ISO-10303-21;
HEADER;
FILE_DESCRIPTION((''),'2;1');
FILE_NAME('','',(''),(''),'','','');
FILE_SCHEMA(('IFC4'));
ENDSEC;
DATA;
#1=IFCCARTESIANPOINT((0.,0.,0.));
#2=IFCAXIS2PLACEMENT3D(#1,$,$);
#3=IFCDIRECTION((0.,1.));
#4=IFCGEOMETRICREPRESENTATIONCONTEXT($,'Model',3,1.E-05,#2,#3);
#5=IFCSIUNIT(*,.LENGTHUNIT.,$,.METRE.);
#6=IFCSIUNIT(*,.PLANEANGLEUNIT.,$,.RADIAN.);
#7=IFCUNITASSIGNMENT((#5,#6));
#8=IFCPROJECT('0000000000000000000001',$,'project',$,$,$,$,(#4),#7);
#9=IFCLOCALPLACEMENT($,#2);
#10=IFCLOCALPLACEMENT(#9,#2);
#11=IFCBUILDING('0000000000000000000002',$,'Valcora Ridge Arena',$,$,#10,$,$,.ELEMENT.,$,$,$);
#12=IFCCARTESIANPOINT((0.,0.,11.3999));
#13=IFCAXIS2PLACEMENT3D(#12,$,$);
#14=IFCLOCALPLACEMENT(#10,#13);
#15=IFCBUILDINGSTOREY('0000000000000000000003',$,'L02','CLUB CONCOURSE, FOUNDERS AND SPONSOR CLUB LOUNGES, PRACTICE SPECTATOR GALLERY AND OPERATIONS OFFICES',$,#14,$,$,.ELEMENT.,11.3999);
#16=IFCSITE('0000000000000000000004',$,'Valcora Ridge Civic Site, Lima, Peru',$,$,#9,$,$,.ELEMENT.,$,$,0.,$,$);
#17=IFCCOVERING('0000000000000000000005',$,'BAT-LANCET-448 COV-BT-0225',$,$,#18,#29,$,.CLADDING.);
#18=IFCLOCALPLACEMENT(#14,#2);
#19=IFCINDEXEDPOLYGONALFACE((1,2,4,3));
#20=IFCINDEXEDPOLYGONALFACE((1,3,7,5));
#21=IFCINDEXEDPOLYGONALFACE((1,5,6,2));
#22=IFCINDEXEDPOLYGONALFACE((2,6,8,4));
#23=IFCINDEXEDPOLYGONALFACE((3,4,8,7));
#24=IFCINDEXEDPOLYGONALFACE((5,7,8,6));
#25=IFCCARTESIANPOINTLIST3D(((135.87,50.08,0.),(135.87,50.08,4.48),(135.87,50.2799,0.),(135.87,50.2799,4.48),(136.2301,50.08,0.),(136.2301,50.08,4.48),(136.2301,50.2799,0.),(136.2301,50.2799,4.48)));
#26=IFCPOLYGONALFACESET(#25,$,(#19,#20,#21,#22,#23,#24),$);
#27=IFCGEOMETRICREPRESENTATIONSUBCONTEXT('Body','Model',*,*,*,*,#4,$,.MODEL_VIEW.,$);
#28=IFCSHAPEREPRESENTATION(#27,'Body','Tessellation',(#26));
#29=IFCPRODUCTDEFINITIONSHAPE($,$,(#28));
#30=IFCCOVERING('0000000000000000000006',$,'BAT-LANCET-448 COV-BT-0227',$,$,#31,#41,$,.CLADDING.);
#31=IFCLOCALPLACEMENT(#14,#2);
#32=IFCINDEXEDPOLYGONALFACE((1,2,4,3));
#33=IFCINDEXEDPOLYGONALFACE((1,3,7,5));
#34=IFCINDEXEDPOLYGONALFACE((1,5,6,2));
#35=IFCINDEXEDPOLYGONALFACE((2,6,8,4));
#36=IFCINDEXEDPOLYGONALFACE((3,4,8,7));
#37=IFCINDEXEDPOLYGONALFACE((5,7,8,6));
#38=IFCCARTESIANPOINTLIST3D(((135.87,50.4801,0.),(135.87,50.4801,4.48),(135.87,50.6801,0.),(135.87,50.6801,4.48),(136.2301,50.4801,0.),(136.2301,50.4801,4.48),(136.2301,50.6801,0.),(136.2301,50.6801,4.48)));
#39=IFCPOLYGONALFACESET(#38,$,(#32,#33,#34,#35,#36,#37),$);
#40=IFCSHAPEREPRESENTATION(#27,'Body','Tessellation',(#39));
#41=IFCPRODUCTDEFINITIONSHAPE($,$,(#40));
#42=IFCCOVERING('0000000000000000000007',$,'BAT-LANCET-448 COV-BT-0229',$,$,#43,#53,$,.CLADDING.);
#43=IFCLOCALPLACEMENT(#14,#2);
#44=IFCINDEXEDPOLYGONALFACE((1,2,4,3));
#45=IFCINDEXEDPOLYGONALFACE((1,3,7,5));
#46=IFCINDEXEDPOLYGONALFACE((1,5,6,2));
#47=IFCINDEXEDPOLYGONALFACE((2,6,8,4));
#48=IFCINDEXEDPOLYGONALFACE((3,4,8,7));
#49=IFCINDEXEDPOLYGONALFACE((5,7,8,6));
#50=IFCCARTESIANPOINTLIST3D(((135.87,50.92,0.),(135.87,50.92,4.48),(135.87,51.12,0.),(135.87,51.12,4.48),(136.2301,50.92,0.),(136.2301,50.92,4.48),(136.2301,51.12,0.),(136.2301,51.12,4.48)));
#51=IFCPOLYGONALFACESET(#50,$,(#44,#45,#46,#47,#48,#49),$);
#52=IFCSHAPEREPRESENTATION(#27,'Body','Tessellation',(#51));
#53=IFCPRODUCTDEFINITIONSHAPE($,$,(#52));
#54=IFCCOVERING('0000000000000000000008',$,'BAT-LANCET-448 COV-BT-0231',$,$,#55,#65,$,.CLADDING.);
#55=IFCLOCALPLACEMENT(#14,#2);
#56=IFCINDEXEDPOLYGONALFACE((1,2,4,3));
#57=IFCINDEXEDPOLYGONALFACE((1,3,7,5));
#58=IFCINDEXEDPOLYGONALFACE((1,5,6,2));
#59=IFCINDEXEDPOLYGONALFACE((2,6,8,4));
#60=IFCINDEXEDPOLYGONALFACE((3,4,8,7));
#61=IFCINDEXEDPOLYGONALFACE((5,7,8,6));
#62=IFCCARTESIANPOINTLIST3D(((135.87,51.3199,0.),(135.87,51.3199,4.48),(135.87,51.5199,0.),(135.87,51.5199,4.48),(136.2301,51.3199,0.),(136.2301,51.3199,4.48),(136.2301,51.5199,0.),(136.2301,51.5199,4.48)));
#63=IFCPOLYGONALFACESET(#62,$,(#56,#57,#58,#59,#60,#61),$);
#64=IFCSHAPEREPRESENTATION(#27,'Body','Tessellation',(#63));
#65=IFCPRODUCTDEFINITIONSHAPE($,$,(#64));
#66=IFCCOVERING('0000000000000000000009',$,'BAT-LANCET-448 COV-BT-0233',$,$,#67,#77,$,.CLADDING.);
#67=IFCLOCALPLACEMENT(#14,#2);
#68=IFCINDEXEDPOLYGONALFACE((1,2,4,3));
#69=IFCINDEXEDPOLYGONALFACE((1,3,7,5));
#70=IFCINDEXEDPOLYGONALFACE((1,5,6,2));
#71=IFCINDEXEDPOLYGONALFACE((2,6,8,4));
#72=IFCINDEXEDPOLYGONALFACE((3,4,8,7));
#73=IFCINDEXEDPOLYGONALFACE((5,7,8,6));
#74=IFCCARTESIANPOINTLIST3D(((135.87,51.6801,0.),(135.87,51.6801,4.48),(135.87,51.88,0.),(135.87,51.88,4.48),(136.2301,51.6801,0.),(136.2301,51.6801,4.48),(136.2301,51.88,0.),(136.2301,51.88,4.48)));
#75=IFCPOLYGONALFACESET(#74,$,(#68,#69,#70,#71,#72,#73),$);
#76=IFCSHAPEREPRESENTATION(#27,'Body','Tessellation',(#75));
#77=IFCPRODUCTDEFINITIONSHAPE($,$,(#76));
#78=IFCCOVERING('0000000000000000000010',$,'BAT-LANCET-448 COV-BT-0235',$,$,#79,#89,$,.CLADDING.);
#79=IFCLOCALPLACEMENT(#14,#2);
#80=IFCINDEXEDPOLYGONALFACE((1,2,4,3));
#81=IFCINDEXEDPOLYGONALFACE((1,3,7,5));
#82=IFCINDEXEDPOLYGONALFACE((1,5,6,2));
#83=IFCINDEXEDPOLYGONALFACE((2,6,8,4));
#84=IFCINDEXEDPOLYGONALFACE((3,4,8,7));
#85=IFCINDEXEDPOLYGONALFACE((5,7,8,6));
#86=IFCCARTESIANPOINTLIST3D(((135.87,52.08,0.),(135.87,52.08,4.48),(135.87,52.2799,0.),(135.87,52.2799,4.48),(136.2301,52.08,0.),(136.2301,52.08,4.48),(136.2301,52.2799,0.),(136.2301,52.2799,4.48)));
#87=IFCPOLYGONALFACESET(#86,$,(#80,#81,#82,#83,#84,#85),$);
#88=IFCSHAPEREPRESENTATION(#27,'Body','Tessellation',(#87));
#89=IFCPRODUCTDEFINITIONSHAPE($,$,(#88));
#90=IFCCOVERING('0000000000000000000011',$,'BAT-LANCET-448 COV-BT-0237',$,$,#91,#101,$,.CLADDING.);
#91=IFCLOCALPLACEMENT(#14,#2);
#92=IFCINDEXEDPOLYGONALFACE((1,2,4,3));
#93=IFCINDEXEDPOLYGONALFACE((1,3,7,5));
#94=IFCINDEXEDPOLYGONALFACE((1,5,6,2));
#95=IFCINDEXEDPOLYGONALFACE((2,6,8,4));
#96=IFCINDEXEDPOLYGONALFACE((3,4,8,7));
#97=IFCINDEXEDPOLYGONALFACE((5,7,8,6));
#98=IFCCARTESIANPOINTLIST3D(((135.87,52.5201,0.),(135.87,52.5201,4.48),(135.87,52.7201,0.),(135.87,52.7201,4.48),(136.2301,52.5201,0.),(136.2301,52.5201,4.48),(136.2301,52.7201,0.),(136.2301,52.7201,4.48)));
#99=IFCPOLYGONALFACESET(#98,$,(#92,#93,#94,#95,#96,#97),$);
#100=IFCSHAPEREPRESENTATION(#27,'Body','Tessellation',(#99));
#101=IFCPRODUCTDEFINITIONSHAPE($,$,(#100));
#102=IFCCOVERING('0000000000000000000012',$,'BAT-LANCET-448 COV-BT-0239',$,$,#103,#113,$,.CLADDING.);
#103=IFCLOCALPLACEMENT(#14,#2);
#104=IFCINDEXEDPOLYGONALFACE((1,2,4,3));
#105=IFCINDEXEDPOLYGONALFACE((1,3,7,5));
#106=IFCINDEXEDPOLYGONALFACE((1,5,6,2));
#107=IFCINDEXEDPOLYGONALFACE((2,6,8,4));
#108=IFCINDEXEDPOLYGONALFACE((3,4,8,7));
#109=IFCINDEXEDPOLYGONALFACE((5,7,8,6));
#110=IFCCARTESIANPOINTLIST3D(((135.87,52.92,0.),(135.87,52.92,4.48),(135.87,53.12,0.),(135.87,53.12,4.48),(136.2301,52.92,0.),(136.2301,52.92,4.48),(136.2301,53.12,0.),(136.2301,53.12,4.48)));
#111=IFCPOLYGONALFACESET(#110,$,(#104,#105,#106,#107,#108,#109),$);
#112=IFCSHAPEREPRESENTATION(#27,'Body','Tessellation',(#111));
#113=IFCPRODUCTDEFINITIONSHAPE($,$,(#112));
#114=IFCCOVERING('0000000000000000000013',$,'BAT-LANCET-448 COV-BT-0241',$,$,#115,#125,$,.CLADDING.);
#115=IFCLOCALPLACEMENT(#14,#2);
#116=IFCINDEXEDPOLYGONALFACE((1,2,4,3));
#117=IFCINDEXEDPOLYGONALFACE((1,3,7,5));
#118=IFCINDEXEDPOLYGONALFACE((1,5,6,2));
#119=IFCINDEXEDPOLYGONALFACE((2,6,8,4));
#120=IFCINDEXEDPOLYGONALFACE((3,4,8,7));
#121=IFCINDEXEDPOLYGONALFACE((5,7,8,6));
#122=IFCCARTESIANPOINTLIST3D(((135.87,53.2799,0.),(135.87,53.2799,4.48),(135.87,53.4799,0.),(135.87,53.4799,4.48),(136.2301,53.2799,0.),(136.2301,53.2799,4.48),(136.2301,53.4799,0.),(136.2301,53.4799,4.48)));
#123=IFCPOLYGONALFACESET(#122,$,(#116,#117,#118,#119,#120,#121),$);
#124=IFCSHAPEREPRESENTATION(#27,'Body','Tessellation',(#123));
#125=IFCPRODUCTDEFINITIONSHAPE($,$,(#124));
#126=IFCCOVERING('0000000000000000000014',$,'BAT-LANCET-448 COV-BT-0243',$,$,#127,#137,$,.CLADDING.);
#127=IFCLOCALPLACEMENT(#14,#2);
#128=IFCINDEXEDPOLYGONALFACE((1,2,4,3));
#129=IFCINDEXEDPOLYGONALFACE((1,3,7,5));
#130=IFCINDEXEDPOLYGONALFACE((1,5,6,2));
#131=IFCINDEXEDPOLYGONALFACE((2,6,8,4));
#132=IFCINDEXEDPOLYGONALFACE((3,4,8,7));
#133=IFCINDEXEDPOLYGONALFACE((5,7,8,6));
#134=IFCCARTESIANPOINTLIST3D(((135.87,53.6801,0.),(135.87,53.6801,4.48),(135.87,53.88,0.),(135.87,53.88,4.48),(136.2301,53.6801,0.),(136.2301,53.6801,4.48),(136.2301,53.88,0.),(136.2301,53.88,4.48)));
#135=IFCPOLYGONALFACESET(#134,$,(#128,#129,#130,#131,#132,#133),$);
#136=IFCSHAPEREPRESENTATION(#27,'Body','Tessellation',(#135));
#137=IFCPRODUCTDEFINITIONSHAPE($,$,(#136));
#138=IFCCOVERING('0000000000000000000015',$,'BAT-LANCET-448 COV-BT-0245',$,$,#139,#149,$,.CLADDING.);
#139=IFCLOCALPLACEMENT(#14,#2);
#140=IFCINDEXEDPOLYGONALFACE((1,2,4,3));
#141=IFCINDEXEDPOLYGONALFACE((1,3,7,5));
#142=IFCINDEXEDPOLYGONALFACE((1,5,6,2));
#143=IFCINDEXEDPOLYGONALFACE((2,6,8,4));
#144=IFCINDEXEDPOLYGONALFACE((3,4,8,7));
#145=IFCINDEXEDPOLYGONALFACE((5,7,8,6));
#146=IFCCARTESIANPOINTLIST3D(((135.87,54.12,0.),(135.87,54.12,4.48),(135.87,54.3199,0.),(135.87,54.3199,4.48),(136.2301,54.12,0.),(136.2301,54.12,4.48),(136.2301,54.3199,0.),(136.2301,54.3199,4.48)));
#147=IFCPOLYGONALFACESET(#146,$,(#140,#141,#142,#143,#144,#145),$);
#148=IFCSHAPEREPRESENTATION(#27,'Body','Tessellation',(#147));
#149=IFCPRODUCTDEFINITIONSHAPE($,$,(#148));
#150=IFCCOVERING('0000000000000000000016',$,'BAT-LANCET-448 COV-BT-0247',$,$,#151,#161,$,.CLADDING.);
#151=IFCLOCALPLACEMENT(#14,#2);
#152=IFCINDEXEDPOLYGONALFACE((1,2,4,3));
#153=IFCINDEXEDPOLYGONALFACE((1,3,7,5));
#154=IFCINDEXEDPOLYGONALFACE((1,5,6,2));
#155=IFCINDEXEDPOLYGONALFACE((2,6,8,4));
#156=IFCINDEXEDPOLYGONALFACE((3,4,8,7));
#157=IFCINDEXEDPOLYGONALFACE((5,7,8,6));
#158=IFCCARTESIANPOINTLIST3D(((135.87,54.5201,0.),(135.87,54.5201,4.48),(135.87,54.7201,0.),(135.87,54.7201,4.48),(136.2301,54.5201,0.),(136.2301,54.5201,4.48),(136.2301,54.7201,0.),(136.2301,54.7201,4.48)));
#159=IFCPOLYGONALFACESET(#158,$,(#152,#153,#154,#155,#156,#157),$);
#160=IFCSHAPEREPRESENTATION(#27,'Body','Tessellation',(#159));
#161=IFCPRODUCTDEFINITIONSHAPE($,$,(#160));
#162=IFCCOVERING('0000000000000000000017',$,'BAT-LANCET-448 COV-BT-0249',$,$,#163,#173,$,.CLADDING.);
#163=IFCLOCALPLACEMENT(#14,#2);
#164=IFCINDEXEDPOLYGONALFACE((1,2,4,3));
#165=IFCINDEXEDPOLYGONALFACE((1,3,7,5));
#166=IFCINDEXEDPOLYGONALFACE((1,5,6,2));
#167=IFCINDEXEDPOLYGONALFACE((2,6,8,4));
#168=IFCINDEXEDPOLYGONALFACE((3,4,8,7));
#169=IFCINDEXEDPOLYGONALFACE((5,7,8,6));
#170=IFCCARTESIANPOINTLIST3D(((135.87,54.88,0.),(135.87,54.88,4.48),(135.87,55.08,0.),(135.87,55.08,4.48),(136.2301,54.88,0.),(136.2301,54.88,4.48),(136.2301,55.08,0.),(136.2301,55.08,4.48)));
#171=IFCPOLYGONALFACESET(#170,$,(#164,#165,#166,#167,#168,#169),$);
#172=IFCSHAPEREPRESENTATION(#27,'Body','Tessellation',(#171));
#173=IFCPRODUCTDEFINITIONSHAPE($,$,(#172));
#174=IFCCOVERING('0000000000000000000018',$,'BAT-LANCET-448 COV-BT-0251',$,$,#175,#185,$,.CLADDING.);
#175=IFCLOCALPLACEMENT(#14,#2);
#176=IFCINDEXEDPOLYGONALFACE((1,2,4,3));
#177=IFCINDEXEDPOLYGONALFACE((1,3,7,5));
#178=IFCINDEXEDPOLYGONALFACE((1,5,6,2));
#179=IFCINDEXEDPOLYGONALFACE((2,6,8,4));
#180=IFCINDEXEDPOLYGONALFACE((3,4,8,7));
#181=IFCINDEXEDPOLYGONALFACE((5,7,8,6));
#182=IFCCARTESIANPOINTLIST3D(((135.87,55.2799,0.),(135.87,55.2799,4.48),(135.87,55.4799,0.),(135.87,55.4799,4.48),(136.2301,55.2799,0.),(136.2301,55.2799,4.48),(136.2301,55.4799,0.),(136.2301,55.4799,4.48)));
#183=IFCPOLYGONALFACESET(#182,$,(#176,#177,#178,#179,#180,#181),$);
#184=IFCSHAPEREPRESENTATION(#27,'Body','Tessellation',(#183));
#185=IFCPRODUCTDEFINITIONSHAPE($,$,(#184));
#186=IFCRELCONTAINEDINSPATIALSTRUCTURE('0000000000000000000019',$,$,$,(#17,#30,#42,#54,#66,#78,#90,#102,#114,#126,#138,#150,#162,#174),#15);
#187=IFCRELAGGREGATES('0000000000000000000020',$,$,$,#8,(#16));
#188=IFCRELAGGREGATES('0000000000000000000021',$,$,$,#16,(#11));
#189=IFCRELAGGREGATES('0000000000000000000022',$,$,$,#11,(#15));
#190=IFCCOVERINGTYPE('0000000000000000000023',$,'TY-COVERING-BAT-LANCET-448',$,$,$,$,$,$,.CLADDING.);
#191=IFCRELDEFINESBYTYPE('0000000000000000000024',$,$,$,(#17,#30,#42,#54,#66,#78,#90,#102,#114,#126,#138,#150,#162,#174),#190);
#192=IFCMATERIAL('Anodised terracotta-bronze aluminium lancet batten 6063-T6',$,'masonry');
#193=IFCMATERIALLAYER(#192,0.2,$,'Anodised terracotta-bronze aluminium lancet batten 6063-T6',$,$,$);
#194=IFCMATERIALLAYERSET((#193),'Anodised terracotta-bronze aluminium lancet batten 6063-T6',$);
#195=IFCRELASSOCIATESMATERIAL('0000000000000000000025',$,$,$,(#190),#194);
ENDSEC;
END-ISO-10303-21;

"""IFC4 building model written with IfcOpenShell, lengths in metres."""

from ifc_helpers import new_model, si_unit, direction, frame, origin, origin_2d, place, context, subcontext, project, spatial, rectangle, extrude, material, layer, layer_set, type_object, element, save


model = new_model("IFC4")

# Units and contexts
model_context = context("Model", 3, precision=1e-05, world=origin(), true_north=direction((0.0, 1.0)))
body_context = subcontext(model_context, "Body", "Model", "MODEL_VIEW")
ifc_project = project(units=[si_unit("LENGTHUNIT", "METRE"), si_unit("PLANEANGLEUNIT", "RADIAN")], contexts=[model_context])

# Site, building, storey
site_placement = place(None, origin())
site = spatial("IfcSite", under=ifc_project, at=site_placement, Name="Valcora Ridge Civic Site, Lima, Peru", CompositionType="ELEMENT", RefElevation=0.0)
building_placement = place(site_placement, origin())
building = spatial("IfcBuilding", under=site, at=building_placement, Name="Valcora Ridge Arena", CompositionType="ELEMENT")
storey_placement = place(building_placement, frame((0.0, 0.0, 11.3999)))
storey = spatial("IfcBuildingStorey", under=building, at=storey_placement, Name="L02", Description="CLUB CONCOURSE, FOUNDERS AND SPONSOR CLUB LOUNGES, PRACTICE SPECTATOR GALLERY AND OPERATIONS OFFICES", CompositionType="ELEMENT", Elevation=11.3999)

# Coverings
ifc_material_1 = material(Name="Anodised terracotta-bronze aluminium lancet batten 6063-T6", Category="masonry")
ifc_layer_1 = layer(ifc_material_1, 0.2, Name="Anodised terracotta-bronze aluminium lancet batten 6063-T6")
ifc_layer_set_1 = layer_set([ifc_layer_1], Name="Anodised terracotta-bronze aluminium lancet batten 6063-T6")
covering_type = type_object("IfcCoveringType", Name="TY-COVERING-BAT-LANCET-448", PredefinedType="CLADDING", material=ifc_layer_set_1)
for number, where, z_axis, x_axis, name in (
    (1, (136.05, 50.1799, 0.0), (0.0, 0.0, 1.0), (1.0, 0.0, 0.0), "BAT-LANCET-448 COV-BT-0225"),
    (2, (136.05, 50.5801, 0.0), (0.0, 0.0, 1.0), (1.0, 0.0, 0.0), "BAT-LANCET-448 COV-BT-0227"),
    (3, (136.05, 51.02, 0.0), (0.0, 0.0, 1.0), (1.0, 0.0, 0.0), "BAT-LANCET-448 COV-BT-0229"),
    (4, (136.05, 51.4199, 0.0), (0.0, 0.0, 1.0), (1.0, 0.0, 0.0), "BAT-LANCET-448 COV-BT-0231"),
    (5, (136.05, 51.78, 0.0), (0.0, 0.0, 1.0), (1.0, 0.0, 0.0), "BAT-LANCET-448 COV-BT-0233"),
    (6, (136.05, 52.1799, 0.0), (0.0, 0.0, 1.0), (1.0, 0.0, 0.0), "BAT-LANCET-448 COV-BT-0235"),
    (7, (136.05, 52.6201, 0.0), (0.0, 0.0, 1.0), (1.0, 0.0, 0.0), "BAT-LANCET-448 COV-BT-0237"),
    (8, (136.05, 53.02, 0.0), (0.0, 0.0, 1.0), (1.0, 0.0, 0.0), "BAT-LANCET-448 COV-BT-0239"),
    (9, (136.05, 53.3799, 0.0), (0.0, 0.0, 1.0), (1.0, 0.0, 0.0), "BAT-LANCET-448 COV-BT-0241"),
    (10, (136.05, 53.78, 0.0), (0.0, 0.0, 1.0), (1.0, 0.0, 0.0), "BAT-LANCET-448 COV-BT-0243"),
    (11, (136.05, 54.22, 0.0), (0.0, 0.0, 1.0), (1.0, 0.0, 0.0), "BAT-LANCET-448 COV-BT-0245"),
    (12, (136.05, 54.6201, 0.0), (0.0, 0.0, 1.0), (1.0, 0.0, 0.0), "BAT-LANCET-448 COV-BT-0247"),
    (13, (136.05, 54.98, 0.0), (0.0, 0.0, 1.0), (1.0, 0.0, 0.0), "BAT-LANCET-448 COV-BT-0249"),
    (14, (136.05, 55.3799, 0.0), (0.0, 0.0, 1.0), (1.0, 0.0, 0.0), "BAT-LANCET-448 COV-BT-0251"),
):
    element("IfcCovering", number, at=place(storey_placement, frame(where, z_axis=z_axis, x_axis=x_axis)), inside=storey, type_object=covering_type, Name=name, PredefinedType="CLADDING", context=body_context, shape_type="SweptSolid", body=[
        extrude(rectangle(XDim=0.3601, YDim=0.2, at=origin_2d()), origin(), (0.0, 0.0, 1.0), 4.48),
    ])

save(model, "model.ifc")
